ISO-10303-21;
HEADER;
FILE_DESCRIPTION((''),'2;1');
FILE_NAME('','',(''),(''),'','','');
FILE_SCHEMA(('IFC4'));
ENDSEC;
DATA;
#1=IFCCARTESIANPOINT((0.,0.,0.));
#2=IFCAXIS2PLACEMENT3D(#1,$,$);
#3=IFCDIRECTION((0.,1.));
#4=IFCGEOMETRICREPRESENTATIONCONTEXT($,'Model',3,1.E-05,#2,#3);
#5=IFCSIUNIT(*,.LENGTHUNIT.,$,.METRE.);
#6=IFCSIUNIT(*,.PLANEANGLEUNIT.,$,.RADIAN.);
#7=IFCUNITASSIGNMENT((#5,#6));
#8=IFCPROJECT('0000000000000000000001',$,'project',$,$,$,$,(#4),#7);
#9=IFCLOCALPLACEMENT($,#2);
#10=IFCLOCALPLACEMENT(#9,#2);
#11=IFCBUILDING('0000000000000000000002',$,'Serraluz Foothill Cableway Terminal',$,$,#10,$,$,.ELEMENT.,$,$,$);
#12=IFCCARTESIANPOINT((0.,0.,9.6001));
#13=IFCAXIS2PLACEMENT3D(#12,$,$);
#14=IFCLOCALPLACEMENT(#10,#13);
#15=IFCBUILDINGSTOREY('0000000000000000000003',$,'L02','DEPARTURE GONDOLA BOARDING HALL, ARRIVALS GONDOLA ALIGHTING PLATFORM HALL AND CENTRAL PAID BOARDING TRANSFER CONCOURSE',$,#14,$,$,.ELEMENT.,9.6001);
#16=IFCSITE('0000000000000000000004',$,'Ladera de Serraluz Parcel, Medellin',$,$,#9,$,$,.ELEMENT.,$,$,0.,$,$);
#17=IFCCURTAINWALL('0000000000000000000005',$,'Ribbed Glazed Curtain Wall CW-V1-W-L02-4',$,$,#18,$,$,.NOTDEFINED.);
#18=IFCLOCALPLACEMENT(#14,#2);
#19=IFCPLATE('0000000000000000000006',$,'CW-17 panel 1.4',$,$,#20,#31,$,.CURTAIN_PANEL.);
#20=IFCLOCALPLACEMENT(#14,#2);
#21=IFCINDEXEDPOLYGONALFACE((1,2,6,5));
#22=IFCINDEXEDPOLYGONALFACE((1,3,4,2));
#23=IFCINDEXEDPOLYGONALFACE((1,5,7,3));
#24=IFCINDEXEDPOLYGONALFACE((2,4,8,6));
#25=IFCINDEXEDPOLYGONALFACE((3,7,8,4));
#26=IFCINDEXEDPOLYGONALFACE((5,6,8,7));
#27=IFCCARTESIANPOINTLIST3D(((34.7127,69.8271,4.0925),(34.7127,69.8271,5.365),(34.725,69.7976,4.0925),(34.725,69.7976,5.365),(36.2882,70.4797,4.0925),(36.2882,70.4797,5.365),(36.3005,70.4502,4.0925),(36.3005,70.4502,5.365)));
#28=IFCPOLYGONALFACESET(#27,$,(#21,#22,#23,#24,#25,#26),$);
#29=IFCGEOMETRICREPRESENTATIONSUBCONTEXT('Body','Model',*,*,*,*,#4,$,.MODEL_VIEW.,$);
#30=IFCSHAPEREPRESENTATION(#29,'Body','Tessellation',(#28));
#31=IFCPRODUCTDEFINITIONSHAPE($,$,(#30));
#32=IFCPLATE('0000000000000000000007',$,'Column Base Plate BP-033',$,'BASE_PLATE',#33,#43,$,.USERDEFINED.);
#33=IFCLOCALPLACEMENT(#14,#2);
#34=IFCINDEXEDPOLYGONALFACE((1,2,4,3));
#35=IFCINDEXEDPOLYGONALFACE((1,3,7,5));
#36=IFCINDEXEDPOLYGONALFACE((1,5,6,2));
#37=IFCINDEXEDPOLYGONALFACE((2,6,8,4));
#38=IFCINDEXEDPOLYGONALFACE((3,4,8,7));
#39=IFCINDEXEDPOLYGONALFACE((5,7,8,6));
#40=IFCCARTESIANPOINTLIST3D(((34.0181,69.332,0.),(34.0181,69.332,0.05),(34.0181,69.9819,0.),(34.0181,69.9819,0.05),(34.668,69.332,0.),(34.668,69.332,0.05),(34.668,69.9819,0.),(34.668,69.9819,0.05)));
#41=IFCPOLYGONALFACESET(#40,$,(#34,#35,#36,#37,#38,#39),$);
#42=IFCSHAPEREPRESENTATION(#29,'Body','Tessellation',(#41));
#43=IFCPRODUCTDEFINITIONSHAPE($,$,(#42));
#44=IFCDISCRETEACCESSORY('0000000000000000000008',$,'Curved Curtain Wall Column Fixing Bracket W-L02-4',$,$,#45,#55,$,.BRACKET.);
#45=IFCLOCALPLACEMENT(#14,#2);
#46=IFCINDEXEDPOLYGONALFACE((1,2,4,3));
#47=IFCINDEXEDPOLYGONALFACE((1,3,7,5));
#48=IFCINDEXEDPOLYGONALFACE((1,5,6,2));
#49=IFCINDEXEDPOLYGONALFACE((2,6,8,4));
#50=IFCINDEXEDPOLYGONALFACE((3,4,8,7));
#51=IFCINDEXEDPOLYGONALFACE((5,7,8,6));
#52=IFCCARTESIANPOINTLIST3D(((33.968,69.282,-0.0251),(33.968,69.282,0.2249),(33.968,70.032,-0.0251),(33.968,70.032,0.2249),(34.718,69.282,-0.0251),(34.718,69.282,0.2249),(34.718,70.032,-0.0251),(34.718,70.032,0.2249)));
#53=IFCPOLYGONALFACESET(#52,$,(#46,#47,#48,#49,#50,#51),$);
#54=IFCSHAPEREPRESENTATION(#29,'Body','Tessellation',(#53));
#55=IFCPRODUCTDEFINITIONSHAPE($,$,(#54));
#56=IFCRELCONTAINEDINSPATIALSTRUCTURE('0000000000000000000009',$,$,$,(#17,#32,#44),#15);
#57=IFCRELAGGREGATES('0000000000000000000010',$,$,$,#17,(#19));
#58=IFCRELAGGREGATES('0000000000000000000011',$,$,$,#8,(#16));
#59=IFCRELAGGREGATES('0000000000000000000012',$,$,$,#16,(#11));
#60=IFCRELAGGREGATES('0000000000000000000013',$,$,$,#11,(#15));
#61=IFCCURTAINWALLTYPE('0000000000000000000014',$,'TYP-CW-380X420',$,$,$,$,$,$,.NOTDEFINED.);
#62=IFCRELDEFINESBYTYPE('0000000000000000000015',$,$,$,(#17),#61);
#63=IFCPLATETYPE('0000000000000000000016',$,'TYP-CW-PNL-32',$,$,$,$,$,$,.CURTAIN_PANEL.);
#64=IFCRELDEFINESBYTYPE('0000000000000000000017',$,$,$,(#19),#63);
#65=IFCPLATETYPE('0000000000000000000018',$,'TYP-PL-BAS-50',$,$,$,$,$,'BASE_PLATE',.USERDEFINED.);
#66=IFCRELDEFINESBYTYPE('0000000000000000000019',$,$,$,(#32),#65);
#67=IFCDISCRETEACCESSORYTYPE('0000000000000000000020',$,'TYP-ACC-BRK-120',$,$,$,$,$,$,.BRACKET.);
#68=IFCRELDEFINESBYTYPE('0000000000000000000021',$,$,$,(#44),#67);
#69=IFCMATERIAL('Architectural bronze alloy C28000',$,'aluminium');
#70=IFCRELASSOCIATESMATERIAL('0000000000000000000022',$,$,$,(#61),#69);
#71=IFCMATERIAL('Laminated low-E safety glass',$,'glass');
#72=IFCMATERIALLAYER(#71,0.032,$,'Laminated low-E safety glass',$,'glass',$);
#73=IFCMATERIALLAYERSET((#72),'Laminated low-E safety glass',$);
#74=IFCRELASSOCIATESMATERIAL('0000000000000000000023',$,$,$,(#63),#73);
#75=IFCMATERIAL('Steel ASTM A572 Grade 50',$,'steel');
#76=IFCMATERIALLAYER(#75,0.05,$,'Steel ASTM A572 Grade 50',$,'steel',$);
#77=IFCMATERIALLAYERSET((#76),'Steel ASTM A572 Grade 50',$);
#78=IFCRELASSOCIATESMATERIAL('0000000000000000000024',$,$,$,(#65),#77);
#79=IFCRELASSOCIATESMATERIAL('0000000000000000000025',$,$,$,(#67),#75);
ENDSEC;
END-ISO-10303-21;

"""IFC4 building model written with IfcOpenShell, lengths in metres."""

from ifc_helpers import new_model, si_unit, direction, frame, origin, origin_2d, place, context, subcontext, project, spatial, rectangle, extrude, material, layer, layer_set, type_object, element, aggregate, save


model = new_model("IFC4")

# Units and contexts
model_context = context("Model", 3, precision=1e-05, world=origin(), true_north=direction((0.0, 1.0)))
body_context = subcontext(model_context, "Body", "Model", "MODEL_VIEW")
ifc_project = project(units=[si_unit("LENGTHUNIT", "METRE"), si_unit("PLANEANGLEUNIT", "RADIAN")], contexts=[model_context])

# Site, building, storey
site_placement = place(None, origin())
site = spatial("IfcSite", under=ifc_project, at=site_placement, Name="Ladera de Serraluz Parcel, Medellin", CompositionType="ELEMENT", RefElevation=0.0)
building_placement = place(site_placement, origin())
building = spatial("IfcBuilding", under=site, at=building_placement, Name="Serraluz Foothill Cableway Terminal", CompositionType="ELEMENT")
storey_placement = place(building_placement, frame((0.0, 0.0, 9.6001)))
storey = spatial("IfcBuildingStorey", under=building, at=storey_placement, Name="L02", Description="DEPARTURE GONDOLA BOARDING HALL, ARRIVALS GONDOLA ALIGHTING PLATFORM HALL AND CENTRAL PAID BOARDING TRANSFER CONCOURSE", CompositionType="ELEMENT", Elevation=9.6001)

# Shared definitions
ifc_material_1 = material(Name="Steel ASTM A572 Grade 50", Category="steel")

# Shared definitions
ifc_material_2 = material(Name="Architectural bronze alloy C28000", Category="aluminium")

# Curtain wall
curtain_wall_type_1 = type_object("IfcCurtainWallType", Name="TYP-CW-380X420", PredefinedType="NOTDEFINED", material=ifc_material_2)
curtain_wall_1_placement = place(storey_placement, origin())
curtain_wall_1 = element("IfcCurtainWall", 1, at=curtain_wall_1_placement, inside=storey, type_object=curtain_wall_type_1, Name="Ribbed Glazed Curtain Wall CW-V1-W-L02-4", PredefinedType="NOTDEFINED")

# Plates
ifc_material_3 = material(Name="Laminated low-E safety glass", Category="glass")
ifc_layer_1 = layer(ifc_material_3, 0.032, Name="Laminated low-E safety glass", Category="glass")
ifc_layer_set_1 = layer_set([ifc_layer_1], Name="Laminated low-E safety glass")
plate_type_1 = type_object("IfcPlateType", Name="TYP-CW-PNL-32", PredefinedType="CURTAIN_PANEL", material=ifc_layer_set_1)
plate_1_placement = place(storey_placement, frame((35.5066, 70.1387, 4.0925), z_axis=(0.0, 0.0, 1.0), x_axis=(0.92388, 0.382682, 0.0)))
plate_1 = element("IfcPlate", 2, at=plate_1_placement, type_object=plate_type_1, Name="CW-17 panel 1.4", PredefinedType="CURTAIN_PANEL", context=body_context, shape_type="SweptSolid", body=[
    extrude(rectangle(XDim=1.7053, YDim=0.032, at=origin_2d()), origin(), (0.0, 0.0, 1.0), 1.2725),
])
aggregate(curtain_wall_1, [plate_1])
ifc_layer_2 = layer(ifc_material_1, 0.05, Name="Steel ASTM A572 Grade 50", Category="steel")
ifc_layer_set_2 = layer_set([ifc_layer_2], Name="Steel ASTM A572 Grade 50")
plate_type_2 = type_object("IfcPlateType", Name="TYP-PL-BAS-50", ElementType="BASE_PLATE", PredefinedType="USERDEFINED", material=ifc_layer_set_2)
plate_2_placement = place(storey_placement, frame((34.343, 69.657, 0.0), z_axis=(0.0, 0.0, 1.0), x_axis=(1.0, 0.0, 0.0)))
element("IfcPlate", 3, at=plate_2_placement, inside=storey, type_object=plate_type_2, Name="Column Base Plate BP-033", ObjectType="BASE_PLATE", PredefinedType="USERDEFINED", context=body_context, shape_type="SweptSolid", body=[
    extrude(rectangle(XDim=0.6499, YDim=0.6499, at=origin_2d()), origin(), (0.0, 0.0, 1.0), 0.05),
])

# Discrete accessory
discrete_accessory_type = type_object("IfcDiscreteAccessoryType", Name="TYP-ACC-BRK-120", PredefinedType="BRACKET", material=ifc_material_1)
discrete_accessory_placement = place(storey_placement, frame((34.343, 69.657, -0.0251), z_axis=(0.0, 0.0, 1.0), x_axis=(1.0, 0.0, 0.0)))
element("IfcDiscreteAccessory", 4, at=discrete_accessory_placement, inside=storey, type_object=discrete_accessory_type, Name="Curved Curtain Wall Column Fixing Bracket W-L02-4", PredefinedType="BRACKET", context=body_context, shape_type="SweptSolid", body=[
    extrude(rectangle(XDim=0.75, YDim=0.75, at=origin_2d()), origin(), (0.0, 0.0, 1.0), 0.25),
])

save(model, "model.ifc")
